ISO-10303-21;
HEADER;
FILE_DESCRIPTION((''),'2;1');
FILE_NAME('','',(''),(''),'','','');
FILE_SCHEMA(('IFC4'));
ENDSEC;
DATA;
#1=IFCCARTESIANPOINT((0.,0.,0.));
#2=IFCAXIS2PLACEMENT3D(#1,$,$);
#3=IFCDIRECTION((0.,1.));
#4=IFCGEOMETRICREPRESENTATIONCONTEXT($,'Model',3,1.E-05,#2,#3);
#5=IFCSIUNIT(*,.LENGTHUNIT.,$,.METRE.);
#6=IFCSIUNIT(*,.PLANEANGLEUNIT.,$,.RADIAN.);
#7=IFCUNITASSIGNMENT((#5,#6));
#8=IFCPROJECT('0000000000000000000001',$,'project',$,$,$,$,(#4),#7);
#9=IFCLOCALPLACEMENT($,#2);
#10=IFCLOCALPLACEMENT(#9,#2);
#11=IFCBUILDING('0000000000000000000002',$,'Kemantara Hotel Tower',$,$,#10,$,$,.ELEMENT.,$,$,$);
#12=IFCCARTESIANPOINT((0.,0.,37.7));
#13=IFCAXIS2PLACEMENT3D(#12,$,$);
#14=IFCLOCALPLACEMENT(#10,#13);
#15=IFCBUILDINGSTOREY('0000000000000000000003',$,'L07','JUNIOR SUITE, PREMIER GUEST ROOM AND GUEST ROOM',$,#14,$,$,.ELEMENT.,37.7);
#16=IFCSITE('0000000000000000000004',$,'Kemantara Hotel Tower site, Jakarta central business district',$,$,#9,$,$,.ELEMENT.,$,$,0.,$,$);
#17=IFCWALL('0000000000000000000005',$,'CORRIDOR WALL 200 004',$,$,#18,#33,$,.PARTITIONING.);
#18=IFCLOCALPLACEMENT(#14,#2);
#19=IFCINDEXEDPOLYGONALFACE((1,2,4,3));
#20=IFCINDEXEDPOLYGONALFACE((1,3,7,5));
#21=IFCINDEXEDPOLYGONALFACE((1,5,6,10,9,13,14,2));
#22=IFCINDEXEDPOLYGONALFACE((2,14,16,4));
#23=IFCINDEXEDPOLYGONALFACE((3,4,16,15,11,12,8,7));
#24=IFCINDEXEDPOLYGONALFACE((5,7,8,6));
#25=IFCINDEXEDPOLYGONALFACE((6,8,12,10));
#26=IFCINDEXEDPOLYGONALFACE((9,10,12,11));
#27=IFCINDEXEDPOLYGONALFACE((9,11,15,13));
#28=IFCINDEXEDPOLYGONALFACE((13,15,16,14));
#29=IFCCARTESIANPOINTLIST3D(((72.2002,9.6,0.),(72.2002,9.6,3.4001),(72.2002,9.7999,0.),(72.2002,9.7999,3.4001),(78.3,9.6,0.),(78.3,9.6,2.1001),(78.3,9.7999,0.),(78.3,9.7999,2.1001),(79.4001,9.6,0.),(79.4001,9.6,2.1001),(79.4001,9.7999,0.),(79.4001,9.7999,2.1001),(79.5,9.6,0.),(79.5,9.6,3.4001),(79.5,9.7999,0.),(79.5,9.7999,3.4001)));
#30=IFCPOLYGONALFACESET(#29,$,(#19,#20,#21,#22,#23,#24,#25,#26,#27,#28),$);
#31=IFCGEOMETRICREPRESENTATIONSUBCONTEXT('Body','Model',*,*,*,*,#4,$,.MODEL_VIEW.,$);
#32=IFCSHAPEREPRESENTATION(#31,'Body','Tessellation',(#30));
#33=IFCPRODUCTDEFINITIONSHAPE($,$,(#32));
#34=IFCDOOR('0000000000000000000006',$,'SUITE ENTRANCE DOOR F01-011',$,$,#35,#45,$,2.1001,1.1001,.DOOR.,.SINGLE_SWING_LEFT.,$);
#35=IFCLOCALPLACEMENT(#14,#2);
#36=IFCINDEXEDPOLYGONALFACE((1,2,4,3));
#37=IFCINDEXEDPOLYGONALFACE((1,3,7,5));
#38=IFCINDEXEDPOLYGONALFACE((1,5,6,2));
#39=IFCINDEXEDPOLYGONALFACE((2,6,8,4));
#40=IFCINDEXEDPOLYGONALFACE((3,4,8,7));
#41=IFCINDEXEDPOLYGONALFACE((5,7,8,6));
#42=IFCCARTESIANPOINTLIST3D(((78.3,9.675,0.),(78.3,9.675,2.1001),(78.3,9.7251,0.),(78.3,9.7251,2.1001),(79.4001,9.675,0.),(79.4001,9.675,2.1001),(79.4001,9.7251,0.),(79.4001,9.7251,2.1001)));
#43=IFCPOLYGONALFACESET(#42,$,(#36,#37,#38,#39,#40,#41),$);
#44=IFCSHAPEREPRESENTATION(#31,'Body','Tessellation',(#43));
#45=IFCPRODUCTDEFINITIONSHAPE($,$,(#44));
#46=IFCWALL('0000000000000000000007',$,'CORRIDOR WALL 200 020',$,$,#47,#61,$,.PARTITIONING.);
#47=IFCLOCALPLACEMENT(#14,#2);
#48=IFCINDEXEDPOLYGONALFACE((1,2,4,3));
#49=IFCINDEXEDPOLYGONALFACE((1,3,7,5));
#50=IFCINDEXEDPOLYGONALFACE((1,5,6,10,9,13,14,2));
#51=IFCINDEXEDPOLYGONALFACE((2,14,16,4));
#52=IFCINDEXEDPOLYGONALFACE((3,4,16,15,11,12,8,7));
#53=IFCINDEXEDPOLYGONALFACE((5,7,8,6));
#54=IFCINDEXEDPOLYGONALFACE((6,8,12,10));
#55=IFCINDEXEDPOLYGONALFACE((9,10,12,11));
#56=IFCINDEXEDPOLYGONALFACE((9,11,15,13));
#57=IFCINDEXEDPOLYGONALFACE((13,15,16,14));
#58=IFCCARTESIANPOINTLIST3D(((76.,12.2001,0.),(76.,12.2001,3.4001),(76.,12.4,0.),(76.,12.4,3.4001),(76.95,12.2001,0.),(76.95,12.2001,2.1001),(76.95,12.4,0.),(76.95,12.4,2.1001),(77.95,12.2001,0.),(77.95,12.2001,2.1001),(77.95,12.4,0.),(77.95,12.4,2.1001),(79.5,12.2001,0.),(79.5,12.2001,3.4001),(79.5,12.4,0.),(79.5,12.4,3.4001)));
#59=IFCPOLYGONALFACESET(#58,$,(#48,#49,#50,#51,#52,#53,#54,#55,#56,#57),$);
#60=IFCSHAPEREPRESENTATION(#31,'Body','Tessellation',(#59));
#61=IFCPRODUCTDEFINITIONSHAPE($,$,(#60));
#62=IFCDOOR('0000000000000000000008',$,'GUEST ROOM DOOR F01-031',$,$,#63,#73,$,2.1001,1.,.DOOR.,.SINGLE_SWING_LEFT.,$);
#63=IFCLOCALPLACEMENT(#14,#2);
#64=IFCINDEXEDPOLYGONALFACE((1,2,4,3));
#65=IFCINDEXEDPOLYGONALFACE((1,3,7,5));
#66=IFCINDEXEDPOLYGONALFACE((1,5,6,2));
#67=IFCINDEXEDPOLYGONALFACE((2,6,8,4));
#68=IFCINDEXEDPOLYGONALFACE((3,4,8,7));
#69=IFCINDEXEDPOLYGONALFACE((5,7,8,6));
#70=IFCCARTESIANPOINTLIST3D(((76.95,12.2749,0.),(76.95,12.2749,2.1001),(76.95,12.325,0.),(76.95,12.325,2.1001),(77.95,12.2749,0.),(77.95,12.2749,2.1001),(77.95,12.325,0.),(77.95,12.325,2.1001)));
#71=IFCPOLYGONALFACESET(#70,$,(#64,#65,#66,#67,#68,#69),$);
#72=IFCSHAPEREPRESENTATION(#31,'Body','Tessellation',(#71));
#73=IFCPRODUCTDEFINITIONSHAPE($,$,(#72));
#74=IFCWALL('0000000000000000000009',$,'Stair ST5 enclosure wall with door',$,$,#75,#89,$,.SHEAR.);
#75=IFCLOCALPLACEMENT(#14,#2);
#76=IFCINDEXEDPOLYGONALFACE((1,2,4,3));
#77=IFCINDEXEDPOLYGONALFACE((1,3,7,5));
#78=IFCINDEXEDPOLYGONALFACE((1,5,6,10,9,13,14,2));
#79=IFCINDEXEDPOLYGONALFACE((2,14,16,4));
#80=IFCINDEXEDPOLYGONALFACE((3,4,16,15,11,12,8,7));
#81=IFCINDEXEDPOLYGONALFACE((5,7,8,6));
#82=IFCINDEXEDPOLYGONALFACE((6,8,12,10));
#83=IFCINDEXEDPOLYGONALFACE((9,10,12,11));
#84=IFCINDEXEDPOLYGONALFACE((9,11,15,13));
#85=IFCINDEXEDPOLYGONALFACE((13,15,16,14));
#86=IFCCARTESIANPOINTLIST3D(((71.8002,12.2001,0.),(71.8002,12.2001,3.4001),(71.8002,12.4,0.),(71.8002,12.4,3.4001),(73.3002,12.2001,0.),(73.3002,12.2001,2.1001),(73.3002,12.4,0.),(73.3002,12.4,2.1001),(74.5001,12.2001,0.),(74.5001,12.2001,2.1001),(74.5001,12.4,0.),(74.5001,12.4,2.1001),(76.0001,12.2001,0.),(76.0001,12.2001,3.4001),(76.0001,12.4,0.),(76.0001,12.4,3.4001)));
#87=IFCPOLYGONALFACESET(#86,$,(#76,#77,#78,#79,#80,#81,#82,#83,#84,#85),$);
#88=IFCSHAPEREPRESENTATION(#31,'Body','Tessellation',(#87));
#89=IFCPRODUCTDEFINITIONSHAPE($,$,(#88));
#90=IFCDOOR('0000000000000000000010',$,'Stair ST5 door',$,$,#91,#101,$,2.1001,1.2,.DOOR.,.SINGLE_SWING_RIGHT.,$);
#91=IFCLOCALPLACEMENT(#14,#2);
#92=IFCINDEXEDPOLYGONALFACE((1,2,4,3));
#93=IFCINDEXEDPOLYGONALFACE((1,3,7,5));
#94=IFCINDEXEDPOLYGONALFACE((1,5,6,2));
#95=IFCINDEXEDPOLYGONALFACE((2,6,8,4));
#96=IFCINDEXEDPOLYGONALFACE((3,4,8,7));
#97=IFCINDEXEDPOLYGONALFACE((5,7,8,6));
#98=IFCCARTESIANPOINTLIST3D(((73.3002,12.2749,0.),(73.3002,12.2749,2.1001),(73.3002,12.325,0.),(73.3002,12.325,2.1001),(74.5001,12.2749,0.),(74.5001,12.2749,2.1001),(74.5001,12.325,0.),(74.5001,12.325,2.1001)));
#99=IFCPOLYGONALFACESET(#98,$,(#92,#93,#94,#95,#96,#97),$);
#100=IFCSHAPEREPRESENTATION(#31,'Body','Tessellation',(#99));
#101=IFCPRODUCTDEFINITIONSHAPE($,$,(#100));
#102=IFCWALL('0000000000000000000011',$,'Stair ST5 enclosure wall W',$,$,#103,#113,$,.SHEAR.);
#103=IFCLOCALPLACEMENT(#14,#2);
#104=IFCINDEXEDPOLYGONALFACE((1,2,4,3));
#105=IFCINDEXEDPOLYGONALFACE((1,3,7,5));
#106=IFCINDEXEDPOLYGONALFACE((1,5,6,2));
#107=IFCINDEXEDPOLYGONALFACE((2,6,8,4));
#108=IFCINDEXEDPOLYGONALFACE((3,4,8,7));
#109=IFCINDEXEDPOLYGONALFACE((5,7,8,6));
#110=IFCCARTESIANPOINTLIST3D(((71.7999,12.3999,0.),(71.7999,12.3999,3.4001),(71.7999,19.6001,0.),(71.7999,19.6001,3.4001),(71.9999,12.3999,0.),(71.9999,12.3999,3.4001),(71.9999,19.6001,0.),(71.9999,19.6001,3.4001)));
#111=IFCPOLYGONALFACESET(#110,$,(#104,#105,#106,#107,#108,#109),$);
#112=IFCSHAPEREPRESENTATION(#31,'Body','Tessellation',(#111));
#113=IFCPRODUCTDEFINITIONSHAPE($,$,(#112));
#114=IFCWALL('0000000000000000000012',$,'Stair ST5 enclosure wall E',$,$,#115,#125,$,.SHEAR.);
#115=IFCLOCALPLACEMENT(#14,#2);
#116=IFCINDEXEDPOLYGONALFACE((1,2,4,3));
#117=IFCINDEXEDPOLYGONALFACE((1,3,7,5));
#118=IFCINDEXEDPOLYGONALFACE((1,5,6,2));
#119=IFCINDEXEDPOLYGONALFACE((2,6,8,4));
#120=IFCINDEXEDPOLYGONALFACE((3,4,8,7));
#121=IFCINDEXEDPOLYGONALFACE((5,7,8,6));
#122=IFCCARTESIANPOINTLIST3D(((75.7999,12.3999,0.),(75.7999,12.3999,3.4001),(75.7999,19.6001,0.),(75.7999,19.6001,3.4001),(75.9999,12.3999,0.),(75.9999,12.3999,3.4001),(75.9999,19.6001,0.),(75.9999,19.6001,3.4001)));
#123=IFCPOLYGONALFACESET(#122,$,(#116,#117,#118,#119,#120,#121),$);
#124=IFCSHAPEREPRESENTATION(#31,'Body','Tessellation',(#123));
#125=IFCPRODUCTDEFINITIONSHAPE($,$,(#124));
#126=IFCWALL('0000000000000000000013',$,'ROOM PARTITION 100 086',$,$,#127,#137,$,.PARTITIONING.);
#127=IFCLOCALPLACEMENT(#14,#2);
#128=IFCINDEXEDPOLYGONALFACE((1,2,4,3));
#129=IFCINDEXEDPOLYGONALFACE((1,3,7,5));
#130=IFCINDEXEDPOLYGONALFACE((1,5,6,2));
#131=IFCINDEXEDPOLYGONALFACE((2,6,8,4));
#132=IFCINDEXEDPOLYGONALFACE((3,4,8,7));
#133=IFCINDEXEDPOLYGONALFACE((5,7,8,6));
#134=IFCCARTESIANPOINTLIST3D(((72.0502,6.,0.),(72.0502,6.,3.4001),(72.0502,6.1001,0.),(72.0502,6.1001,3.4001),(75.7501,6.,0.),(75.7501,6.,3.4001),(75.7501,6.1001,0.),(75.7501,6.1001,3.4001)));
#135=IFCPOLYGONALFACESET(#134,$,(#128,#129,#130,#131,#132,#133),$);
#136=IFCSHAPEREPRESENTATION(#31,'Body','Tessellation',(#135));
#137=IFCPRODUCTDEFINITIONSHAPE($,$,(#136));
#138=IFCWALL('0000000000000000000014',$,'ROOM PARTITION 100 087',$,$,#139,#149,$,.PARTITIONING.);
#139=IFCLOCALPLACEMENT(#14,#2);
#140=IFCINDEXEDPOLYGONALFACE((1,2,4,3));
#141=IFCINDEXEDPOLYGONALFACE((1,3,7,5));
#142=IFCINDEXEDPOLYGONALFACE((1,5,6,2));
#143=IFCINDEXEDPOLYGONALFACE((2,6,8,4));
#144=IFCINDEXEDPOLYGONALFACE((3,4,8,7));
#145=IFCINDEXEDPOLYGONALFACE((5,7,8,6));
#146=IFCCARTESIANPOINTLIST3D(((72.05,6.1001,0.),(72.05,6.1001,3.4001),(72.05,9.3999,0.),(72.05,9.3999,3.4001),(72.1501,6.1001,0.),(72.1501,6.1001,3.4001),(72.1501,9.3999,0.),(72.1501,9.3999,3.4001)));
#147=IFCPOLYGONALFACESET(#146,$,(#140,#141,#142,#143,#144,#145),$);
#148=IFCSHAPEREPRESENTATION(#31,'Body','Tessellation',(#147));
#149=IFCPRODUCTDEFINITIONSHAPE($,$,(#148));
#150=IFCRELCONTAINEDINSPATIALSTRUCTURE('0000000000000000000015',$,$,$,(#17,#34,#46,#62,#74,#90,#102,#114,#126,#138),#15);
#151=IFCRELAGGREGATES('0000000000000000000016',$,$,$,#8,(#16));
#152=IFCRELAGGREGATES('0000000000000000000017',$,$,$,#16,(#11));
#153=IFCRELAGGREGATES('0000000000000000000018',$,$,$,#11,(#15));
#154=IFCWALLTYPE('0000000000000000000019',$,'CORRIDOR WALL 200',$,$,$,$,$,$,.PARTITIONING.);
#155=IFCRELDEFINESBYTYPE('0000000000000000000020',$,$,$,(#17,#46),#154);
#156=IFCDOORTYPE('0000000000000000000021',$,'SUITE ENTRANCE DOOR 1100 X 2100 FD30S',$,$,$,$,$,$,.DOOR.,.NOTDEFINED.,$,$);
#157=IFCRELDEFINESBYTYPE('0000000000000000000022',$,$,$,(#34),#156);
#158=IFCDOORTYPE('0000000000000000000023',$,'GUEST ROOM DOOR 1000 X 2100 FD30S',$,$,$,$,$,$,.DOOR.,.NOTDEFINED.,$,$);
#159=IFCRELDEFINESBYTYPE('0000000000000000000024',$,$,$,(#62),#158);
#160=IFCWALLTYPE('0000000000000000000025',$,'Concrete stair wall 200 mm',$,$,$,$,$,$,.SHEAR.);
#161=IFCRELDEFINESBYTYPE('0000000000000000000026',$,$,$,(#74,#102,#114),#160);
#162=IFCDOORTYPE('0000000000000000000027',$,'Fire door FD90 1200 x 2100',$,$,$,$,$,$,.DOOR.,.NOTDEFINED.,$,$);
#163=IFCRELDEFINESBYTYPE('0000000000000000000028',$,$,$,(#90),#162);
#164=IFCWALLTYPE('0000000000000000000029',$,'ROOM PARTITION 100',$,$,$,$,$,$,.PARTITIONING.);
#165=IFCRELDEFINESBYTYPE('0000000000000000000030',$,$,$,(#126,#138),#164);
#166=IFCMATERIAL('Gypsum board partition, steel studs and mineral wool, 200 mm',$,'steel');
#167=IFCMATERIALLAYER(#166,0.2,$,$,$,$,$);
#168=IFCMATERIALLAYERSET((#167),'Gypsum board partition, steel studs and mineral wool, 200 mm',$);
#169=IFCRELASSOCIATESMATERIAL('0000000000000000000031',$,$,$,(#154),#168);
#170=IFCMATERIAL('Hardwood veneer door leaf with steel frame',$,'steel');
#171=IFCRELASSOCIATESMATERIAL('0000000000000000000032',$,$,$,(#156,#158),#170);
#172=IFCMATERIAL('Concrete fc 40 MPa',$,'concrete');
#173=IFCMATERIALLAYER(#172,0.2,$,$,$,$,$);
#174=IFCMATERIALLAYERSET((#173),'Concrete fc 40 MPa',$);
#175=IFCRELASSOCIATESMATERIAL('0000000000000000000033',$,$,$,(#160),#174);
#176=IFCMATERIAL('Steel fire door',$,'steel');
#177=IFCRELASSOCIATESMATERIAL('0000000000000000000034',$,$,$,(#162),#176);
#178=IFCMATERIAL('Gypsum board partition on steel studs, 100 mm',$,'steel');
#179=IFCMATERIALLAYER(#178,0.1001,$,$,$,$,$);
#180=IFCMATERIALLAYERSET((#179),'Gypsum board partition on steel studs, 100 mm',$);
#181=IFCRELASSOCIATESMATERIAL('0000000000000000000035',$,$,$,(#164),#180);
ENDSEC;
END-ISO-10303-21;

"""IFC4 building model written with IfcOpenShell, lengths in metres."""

from ifc_helpers import new_model, si_unit, direction, frame, frame_2d, origin, place, context, subcontext, project, spatial, rectangle, extrude, material, layer, layer_set, type_object, element, fill, save


model = new_model("IFC4")

# Units and contexts
model_context = context("Model", 3, precision=1e-05, world=origin(), true_north=direction((0.0, 1.0)))
body_context = subcontext(model_context, "Body", "Model", "MODEL_VIEW")
ifc_project = project(units=[si_unit("LENGTHUNIT", "METRE"), si_unit("PLANEANGLEUNIT", "RADIAN")], contexts=[model_context])

# Site, building, storey
site_placement = place(None, origin())
site = spatial("IfcSite", under=ifc_project, at=site_placement, Name="Kemantara Hotel Tower site, Jakarta central business district", CompositionType="ELEMENT", RefElevation=0.0)
building_placement = place(site_placement, origin())
building = spatial("IfcBuilding", under=site, at=building_placement, Name="Kemantara Hotel Tower", CompositionType="ELEMENT")
storey_placement = place(building_placement, frame((0.0, 0.0, 37.7)))
storey = spatial("IfcBuildingStorey", under=building, at=storey_placement, Name="L07", Description="JUNIOR SUITE, PREMIER GUEST ROOM AND GUEST ROOM", CompositionType="ELEMENT", Elevation=37.7)

# Walls, openings, doors
ifc_material_1 = material(Name="Gypsum board partition, steel studs and mineral wool, 200 mm", Category="steel")
ifc_layer_1 = layer(ifc_material_1, 0.2)
ifc_layer_set_1 = layer_set([ifc_layer_1], Name="Gypsum board partition, steel studs and mineral wool, 200 mm")
wall_type_1 = type_object("IfcWallType", Name="CORRIDOR WALL 200", PredefinedType="PARTITIONING", material=ifc_layer_set_1)
wall_1_placement = place(storey_placement, frame((79.5, 9.7, 0.0), z_axis=(0.0, 0.0, 1.0), x_axis=(-1.0, 0.0, 0.0)))
wall_1 = element("IfcWall", 1, at=wall_1_placement, inside=storey, type_object=wall_type_1, Name="CORRIDOR WALL 200 004", PredefinedType="PARTITIONING", context=body_context, shape_type="SweptSolid", body=[
    extrude(rectangle(XDim=7.2998, YDim=0.2, at=frame_2d((3.6499, 0.0))), origin(), (0.0, 0.0, 1.0), 3.4001),
])
opening_1_placement = place(wall_1_placement, frame((0.0999, 0.0, 0.0)))
opening_1 = element("IfcOpeningElement", 2, at=opening_1_placement, cuts=wall_1, PredefinedType="OPENING", context=body_context, shape_type="SweptSolid", body=[
    extrude(rectangle(XDim=1.1001, YDim=2.1001, at=frame_2d((0.55, 1.05))), frame((0.0, 0.1099, 0.0), z_axis=(0.0, -1.0, 0.0), x_axis=(1.0, 0.0, 0.0)), (0.0, 0.0, 1.0), 0.22),
])
ifc_material_2 = material(Name="Hardwood veneer door leaf with steel frame", Category="steel")
door_type_1 = type_object("IfcDoorType", Name="SUITE ENTRANCE DOOR 1100 X 2100 FD30S", OperationType="NOTDEFINED", PredefinedType="DOOR", material=ifc_material_2)
door_1_placement = place(opening_1_placement, origin())
door_1 = element("IfcDoor", 3, at=door_1_placement, inside=storey, type_object=door_type_1, Name="SUITE ENTRANCE DOOR F01-011", OperationType="SINGLE_SWING_LEFT", OverallHeight=2.1001, OverallWidth=1.1001, PredefinedType="DOOR", context=body_context, shape_type="SweptSolid", body=[
    extrude(rectangle(XDim=1.1001, YDim=2.1001, at=frame_2d((0.55, 1.05))), frame((0.0, 0.0249, 0.0), z_axis=(0.0, -1.0, 0.0), x_axis=(1.0, 0.0, 0.0)), (0.0, 0.0, 1.0), 0.05),
])
fill(opening_1, door_1)
wall_2_placement = place(storey_placement, frame((76.0, 12.3, 0.0), z_axis=(0.0, 0.0, 1.0), x_axis=(1.0, 0.0, 0.0)))
wall_2 = element("IfcWall", 4, at=wall_2_placement, inside=storey, type_object=wall_type_1, Name="CORRIDOR WALL 200 020", PredefinedType="PARTITIONING", context=body_context, shape_type="SweptSolid", body=[
    extrude(rectangle(XDim=3.5, YDim=0.2, at=frame_2d((1.75, 0.0))), origin(), (0.0, 0.0, 1.0), 3.4001),
])
opening_2_placement = place(wall_2_placement, frame((0.95, 0.0, 0.0)))
opening_2 = element("IfcOpeningElement", 5, at=opening_2_placement, cuts=wall_2, PredefinedType="OPENING", context=body_context, shape_type="SweptSolid", body=[
    extrude(rectangle(XDim=1.0, YDim=2.1001, at=frame_2d((0.5, 1.05))), frame((0.0, 0.1099, 0.0), z_axis=(0.0, -1.0, 0.0), x_axis=(1.0, 0.0, 0.0)), (0.0, 0.0, 1.0), 0.22),
])
door_type_2 = type_object("IfcDoorType", Name="GUEST ROOM DOOR 1000 X 2100 FD30S", OperationType="NOTDEFINED", PredefinedType="DOOR", material=ifc_material_2)
door_2_placement = place(opening_2_placement, origin())
door_2 = element("IfcDoor", 6, at=door_2_placement, inside=storey, type_object=door_type_2, Name="GUEST ROOM DOOR F01-031", OperationType="SINGLE_SWING_LEFT", OverallHeight=2.1001, OverallWidth=1.0, PredefinedType="DOOR", context=body_context, shape_type="SweptSolid", body=[
    extrude(rectangle(XDim=1.0, YDim=2.1001, at=frame_2d((0.5, 1.05))), frame((0.0, 0.0249, 0.0), z_axis=(0.0, -1.0, 0.0), x_axis=(1.0, 0.0, 0.0)), (0.0, 0.0, 1.0), 0.05),
])
fill(opening_2, door_2)
ifc_material_3 = material(Name="Concrete fc 40 MPa", Category="concrete")
ifc_layer_2 = layer(ifc_material_3, 0.2)
ifc_layer_set_2 = layer_set([ifc_layer_2], Name="Concrete fc 40 MPa")
wall_type_2 = type_object("IfcWallType", Name="Concrete stair wall 200 mm", PredefinedType="SHEAR", material=ifc_layer_set_2)
wall_3_placement = place(storey_placement, frame((71.8, 12.3, 0.0), z_axis=(0.0, 0.0, 1.0), x_axis=(1.0, 0.0, 0.0)))
wall_3 = element("IfcWall", 7, at=wall_3_placement, inside=storey, type_object=wall_type_2, Name="Stair ST5 enclosure wall with door", PredefinedType="SHEAR", context=body_context, shape_type="SweptSolid", body=[
    extrude(rectangle(XDim=4.2, YDim=0.2, at=frame_2d((2.1001, 0.0))), origin(), (0.0, 0.0, 1.0), 3.4001),
])
opening_3_placement = place(wall_3_placement, frame((1.5, 0.0, 0.0)))
opening_3 = element("IfcOpeningElement", 8, at=opening_3_placement, cuts=wall_3, PredefinedType="OPENING", context=body_context, shape_type="SweptSolid", body=[
    extrude(rectangle(XDim=1.2, YDim=2.1001, at=frame_2d((0.6001, 1.05))), frame((0.0, 0.1099, 0.0), z_axis=(0.0, -1.0, 0.0), x_axis=(1.0, 0.0, 0.0)), (0.0, 0.0, 1.0), 0.22),
])
ifc_material_4 = material(Name="Steel fire door", Category="steel")
door_type_3 = type_object("IfcDoorType", Name="Fire door FD90 1200 x 2100", OperationType="NOTDEFINED", PredefinedType="DOOR", material=ifc_material_4)
door_3_placement = place(opening_3_placement, origin())
door_3 = element("IfcDoor", 9, at=door_3_placement, inside=storey, type_object=door_type_3, Name="Stair ST5 door", OperationType="SINGLE_SWING_RIGHT", OverallHeight=2.1001, OverallWidth=1.2, PredefinedType="DOOR", context=body_context, shape_type="SweptSolid", body=[
    extrude(rectangle(XDim=1.2, YDim=2.1001, at=frame_2d((0.6001, 1.05))), frame((0.0, 0.0249, 0.0), z_axis=(0.0, -1.0, 0.0), x_axis=(1.0, 0.0, 0.0)), (0.0, 0.0, 1.0), 0.05),
])
fill(opening_3, door_3)

# Walls
for number, where, z_axis, x_axis, name in (
    (10, (71.8999, 12.3999, 0.0), (0.0, 0.0, 1.0), (0.0, 1.0, 0.0), "Stair ST5 enclosure wall W"),
    (11, (75.8999, 12.3999, 0.0), (0.0, 0.0, 1.0), (0.0, 1.0, 0.0), "Stair ST5 enclosure wall E"),
):
    element("IfcWall", number, at=place(storey_placement, frame(where, z_axis=z_axis, x_axis=x_axis)), inside=storey, type_object=wall_type_2, Name=name, PredefinedType="SHEAR", context=body_context, shape_type="SweptSolid", body=[
        extrude(rectangle(XDim=7.2002, YDim=0.2, at=frame_2d((3.6001, 0.0))), origin(), (0.0, 0.0, 1.0), 3.4001),
    ])
ifc_material_5 = material(Name="Gypsum board partition on steel studs, 100 mm", Category="steel")
ifc_layer_3 = layer(ifc_material_5, 0.1001)
ifc_layer_set_3 = layer_set([ifc_layer_3], Name="Gypsum board partition on steel studs, 100 mm")
wall_type_3 = type_object("IfcWallType", Name="ROOM PARTITION 100", PredefinedType="PARTITIONING", material=ifc_layer_set_3)
wall_4_placement = place(storey_placement, frame((72.05, 6.05, 0.0), z_axis=(0.0, 0.0, 1.0), x_axis=(1.0, 0.0, 0.0)))
element("IfcWall", 12, at=wall_4_placement, inside=storey, type_object=wall_type_3, Name="ROOM PARTITION 100 086", PredefinedType="PARTITIONING", context=body_context, shape_type="SweptSolid", body=[
    extrude(rectangle(XDim=3.7, YDim=0.1001, at=frame_2d((1.8501, 0.0))), origin(), (0.0, 0.0, 1.0), 3.4001),
])
wall_5_placement = place(storey_placement, frame((72.1001, 6.1001, 0.0), z_axis=(0.0, 0.0, 1.0), x_axis=(0.0, 1.0, 0.0)))
element("IfcWall", 13, at=wall_5_placement, inside=storey, type_object=wall_type_3, Name="ROOM PARTITION 100 087", PredefinedType="PARTITIONING", context=body_context, shape_type="SweptSolid", body=[
    extrude(rectangle(XDim=3.2998, YDim=0.1001, at=frame_2d((1.6499, 0.0))), origin(), (0.0, 0.0, 1.0), 3.4001),
])

save(model, "model.ifc")
